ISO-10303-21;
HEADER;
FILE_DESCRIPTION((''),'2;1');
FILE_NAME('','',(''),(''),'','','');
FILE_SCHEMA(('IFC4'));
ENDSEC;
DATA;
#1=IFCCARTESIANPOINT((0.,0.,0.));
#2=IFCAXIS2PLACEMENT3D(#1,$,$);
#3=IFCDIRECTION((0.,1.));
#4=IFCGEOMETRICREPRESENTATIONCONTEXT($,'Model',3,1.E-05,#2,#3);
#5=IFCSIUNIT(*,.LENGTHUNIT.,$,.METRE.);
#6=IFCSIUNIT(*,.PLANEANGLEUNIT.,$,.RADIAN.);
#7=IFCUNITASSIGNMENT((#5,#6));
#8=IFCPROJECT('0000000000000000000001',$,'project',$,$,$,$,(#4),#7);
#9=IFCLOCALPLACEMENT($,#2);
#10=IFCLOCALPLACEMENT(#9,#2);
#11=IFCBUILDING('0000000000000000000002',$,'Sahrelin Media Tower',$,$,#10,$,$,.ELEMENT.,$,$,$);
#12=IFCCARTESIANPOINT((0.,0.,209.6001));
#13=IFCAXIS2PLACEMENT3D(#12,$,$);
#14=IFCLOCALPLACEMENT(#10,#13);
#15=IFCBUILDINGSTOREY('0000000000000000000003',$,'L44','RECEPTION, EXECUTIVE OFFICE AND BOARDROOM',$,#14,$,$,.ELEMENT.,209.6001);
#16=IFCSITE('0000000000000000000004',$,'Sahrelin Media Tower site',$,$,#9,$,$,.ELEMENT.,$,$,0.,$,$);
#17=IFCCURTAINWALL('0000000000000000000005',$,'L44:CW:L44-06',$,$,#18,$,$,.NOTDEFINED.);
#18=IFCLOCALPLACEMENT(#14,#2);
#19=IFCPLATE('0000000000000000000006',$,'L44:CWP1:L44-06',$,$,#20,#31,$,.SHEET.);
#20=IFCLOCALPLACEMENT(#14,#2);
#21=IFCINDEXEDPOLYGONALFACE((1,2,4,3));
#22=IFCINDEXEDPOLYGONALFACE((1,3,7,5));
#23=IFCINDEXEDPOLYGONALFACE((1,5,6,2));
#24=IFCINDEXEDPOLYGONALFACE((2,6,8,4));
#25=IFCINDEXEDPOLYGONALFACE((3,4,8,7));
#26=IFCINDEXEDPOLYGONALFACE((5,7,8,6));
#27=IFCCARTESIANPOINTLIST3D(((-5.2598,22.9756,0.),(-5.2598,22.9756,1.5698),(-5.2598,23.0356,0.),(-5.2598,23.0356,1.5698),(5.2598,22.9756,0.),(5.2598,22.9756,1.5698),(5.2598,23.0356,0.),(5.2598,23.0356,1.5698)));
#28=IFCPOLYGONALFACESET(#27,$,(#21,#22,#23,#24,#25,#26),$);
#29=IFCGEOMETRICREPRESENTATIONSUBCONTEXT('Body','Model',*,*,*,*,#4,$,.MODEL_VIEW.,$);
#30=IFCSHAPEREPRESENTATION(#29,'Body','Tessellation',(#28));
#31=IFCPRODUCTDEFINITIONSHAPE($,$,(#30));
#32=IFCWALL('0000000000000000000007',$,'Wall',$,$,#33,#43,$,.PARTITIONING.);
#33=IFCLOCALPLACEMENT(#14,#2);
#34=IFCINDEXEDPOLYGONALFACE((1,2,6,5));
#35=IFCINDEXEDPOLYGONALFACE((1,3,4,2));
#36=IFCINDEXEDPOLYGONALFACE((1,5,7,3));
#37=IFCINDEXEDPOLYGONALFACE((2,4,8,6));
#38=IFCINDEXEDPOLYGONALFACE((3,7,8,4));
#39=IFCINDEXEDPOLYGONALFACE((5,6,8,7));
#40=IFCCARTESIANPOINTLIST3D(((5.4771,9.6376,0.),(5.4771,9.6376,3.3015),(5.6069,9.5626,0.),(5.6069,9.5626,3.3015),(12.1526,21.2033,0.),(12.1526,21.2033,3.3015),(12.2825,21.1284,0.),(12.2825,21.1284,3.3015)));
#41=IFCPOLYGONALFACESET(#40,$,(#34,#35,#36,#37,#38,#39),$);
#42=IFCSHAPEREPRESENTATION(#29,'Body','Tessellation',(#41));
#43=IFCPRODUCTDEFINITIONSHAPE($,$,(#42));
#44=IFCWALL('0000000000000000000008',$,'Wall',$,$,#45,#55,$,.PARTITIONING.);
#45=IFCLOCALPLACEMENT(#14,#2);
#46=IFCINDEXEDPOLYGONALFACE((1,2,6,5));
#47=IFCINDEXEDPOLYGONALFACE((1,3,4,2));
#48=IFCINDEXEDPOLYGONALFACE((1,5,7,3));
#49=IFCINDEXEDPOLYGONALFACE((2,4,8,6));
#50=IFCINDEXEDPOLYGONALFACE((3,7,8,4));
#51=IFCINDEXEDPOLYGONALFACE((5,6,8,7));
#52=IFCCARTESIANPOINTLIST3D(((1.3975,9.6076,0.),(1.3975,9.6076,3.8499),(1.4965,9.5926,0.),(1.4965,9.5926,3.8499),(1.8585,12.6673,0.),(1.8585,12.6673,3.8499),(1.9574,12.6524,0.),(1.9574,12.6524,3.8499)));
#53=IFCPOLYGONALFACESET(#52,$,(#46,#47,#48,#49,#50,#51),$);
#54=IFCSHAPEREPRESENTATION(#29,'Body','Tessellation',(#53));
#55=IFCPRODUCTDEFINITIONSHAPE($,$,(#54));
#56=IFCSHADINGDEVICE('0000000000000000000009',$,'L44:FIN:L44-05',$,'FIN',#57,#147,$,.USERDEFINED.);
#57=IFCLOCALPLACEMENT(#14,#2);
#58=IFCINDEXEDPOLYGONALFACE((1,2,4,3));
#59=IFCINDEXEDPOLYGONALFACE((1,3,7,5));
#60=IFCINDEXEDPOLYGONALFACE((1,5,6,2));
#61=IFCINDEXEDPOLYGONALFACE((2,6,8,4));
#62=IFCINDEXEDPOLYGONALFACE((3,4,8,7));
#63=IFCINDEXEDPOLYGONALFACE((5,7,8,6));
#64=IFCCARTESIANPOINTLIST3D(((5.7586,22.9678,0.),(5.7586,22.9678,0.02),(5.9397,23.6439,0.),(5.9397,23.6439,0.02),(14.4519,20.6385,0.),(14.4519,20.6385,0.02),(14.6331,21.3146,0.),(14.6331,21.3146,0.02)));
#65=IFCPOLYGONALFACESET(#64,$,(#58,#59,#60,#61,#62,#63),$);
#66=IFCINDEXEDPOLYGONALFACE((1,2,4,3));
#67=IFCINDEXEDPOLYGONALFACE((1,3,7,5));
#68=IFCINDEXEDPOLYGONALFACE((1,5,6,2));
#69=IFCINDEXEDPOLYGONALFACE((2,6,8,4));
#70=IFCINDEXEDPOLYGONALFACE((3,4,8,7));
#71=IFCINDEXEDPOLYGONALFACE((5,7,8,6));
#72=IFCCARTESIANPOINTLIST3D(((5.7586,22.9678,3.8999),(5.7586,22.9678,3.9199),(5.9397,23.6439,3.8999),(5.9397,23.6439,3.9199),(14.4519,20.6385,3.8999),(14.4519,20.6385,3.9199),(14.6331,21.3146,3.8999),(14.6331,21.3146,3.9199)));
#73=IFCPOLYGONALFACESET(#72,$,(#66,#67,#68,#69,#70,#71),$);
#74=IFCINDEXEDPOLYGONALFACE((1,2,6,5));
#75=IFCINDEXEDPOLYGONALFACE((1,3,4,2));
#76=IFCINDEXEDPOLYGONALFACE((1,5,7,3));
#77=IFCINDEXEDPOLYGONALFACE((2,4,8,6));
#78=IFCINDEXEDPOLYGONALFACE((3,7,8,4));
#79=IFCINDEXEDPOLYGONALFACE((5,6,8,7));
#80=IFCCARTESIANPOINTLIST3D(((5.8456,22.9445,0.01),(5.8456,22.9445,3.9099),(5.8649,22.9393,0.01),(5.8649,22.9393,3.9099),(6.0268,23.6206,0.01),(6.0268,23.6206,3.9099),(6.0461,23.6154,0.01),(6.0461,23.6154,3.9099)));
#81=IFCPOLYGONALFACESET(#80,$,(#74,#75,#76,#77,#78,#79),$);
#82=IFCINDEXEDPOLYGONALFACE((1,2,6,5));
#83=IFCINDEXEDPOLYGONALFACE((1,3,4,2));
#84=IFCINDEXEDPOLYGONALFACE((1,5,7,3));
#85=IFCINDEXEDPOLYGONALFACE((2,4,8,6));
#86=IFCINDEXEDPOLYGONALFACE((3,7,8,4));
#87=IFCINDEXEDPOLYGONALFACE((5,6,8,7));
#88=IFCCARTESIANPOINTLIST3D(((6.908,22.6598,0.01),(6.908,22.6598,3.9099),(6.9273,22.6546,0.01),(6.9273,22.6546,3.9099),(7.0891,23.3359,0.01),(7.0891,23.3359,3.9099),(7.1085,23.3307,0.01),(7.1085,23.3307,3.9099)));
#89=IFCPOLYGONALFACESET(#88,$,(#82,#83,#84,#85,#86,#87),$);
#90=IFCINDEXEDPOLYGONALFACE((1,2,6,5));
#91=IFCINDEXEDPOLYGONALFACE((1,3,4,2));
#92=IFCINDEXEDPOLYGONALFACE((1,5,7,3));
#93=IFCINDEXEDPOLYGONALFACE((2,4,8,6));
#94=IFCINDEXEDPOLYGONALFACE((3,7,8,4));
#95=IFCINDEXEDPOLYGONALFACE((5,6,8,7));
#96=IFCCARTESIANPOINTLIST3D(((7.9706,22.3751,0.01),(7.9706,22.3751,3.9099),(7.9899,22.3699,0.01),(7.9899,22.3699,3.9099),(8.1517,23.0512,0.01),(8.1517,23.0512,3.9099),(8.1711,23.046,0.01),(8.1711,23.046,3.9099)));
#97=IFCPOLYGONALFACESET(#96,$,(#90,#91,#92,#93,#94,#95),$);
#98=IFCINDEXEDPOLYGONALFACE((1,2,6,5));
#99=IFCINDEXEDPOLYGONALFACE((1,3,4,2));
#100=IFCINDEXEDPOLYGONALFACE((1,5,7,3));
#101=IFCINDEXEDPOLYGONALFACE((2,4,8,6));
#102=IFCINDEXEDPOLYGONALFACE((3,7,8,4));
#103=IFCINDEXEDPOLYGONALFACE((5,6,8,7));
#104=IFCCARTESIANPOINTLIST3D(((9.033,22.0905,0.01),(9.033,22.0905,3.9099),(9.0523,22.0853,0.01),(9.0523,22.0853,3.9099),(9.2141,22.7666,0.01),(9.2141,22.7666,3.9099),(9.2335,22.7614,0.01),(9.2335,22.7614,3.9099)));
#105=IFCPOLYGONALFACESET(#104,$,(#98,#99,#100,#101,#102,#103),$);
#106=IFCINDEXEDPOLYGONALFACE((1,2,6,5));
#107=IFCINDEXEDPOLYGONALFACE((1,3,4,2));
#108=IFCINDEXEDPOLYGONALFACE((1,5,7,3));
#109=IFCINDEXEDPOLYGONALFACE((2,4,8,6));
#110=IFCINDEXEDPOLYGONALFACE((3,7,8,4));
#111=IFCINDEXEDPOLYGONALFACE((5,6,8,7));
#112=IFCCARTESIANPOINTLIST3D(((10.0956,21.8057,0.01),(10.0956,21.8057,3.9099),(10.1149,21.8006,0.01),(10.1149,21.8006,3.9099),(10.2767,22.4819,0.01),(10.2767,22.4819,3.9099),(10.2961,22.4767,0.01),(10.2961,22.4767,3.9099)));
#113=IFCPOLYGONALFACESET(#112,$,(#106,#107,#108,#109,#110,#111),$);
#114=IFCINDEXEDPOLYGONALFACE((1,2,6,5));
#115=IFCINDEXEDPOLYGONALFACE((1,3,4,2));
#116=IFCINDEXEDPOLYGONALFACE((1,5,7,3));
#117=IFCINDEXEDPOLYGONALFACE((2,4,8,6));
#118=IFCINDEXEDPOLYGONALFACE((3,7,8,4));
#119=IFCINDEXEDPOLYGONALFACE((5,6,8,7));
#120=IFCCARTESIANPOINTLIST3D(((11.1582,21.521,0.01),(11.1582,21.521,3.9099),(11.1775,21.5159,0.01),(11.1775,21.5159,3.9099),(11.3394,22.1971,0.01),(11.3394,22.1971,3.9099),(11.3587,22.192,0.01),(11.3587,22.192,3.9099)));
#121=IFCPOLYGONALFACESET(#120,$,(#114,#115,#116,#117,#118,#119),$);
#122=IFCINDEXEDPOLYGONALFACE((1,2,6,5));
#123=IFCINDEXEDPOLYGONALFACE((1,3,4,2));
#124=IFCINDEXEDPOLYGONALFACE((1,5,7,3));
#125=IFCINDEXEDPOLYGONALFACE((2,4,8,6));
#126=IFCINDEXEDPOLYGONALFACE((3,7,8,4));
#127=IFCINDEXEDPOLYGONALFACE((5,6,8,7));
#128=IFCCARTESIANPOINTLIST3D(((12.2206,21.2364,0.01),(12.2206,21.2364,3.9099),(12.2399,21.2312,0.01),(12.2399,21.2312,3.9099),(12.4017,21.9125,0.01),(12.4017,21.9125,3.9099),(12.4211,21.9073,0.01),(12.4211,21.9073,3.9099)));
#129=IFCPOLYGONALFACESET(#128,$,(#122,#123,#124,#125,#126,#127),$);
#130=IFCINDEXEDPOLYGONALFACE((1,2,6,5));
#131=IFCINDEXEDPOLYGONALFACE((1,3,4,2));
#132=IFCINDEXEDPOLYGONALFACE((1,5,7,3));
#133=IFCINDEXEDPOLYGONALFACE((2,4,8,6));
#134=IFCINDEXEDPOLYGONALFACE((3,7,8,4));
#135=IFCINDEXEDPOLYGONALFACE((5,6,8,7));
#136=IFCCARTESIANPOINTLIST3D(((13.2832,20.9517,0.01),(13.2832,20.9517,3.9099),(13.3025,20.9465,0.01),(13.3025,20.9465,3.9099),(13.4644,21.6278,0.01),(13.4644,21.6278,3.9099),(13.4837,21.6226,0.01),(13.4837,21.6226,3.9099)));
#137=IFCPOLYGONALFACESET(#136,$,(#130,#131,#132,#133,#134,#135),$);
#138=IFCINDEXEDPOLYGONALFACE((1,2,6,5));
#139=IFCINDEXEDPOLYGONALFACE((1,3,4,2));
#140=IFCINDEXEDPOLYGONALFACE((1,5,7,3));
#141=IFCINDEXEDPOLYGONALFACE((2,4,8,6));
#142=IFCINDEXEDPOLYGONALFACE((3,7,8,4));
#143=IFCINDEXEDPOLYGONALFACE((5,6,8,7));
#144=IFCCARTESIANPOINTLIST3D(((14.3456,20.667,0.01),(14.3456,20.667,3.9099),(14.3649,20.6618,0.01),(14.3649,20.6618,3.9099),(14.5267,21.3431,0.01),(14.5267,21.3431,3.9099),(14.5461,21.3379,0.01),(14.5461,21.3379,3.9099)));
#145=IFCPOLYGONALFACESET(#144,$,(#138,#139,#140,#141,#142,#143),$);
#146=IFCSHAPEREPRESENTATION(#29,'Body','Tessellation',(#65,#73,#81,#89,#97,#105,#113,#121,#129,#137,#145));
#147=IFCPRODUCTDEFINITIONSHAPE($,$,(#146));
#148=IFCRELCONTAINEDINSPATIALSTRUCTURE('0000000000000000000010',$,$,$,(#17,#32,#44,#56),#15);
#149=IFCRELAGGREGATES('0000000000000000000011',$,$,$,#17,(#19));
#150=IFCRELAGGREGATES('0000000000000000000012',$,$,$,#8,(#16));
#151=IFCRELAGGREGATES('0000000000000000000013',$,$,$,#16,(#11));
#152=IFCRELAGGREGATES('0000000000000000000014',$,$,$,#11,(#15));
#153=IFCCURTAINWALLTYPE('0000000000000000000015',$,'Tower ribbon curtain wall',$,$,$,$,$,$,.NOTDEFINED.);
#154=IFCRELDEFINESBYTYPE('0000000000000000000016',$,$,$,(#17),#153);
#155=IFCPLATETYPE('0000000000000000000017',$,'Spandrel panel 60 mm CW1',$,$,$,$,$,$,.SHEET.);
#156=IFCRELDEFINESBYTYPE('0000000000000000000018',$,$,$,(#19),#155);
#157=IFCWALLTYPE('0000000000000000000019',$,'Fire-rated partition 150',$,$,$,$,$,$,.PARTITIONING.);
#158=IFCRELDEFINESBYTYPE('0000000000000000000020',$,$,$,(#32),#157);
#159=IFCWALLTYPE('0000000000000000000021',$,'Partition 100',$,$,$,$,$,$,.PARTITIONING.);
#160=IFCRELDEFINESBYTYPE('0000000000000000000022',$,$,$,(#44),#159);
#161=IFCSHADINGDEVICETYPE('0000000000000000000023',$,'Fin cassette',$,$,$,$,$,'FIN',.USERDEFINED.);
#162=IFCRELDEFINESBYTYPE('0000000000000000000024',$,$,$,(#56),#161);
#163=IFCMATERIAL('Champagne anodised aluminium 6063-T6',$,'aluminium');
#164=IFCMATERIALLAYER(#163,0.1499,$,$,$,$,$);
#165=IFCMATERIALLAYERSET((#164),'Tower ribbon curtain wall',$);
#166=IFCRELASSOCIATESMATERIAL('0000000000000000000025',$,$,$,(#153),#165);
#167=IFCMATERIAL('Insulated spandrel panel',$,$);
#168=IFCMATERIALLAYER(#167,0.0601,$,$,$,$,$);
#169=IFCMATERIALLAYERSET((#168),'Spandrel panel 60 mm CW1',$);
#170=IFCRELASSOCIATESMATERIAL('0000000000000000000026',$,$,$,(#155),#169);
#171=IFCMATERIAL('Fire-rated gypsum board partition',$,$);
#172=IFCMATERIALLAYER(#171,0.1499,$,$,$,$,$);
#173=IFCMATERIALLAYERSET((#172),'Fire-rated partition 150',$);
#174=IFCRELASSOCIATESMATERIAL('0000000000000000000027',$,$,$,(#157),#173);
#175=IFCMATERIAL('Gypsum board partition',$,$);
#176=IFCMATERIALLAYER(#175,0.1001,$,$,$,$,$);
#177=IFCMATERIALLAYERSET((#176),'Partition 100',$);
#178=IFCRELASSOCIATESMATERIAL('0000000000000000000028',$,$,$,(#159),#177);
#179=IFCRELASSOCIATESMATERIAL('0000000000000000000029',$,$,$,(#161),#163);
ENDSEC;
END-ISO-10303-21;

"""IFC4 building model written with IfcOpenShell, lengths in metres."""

from ifc_helpers import new_model, si_unit, direction, frame, frame_2d, origin, origin_2d, place, context, subcontext, project, spatial, polyline, rectangle, outline, extrude, material, layer, layer_set, type_object, element, aggregate, save


model = new_model("IFC4")

# Units and contexts
model_context = context("Model", 3, precision=1e-05, world=origin(), true_north=direction((0.0, 1.0)))
body_context = subcontext(model_context, "Body", "Model", "MODEL_VIEW")
ifc_project = project(units=[si_unit("LENGTHUNIT", "METRE"), si_unit("PLANEANGLEUNIT", "RADIAN")], contexts=[model_context])

# Site, building, storey
site_placement = place(None, origin())
site = spatial("IfcSite", under=ifc_project, at=site_placement, Name="Sahrelin Media Tower site", CompositionType="ELEMENT", RefElevation=0.0)
building_placement = place(site_placement, origin())
building = spatial("IfcBuilding", under=site, at=building_placement, Name="Sahrelin Media Tower", CompositionType="ELEMENT")
storey_placement = place(building_placement, frame((0.0, 0.0, 209.6001)))
storey = spatial("IfcBuildingStorey", under=building, at=storey_placement, Name="L44", Description="RECEPTION, EXECUTIVE OFFICE AND BOARDROOM", CompositionType="ELEMENT", Elevation=209.6001)

# Shared definitions
ifc_material_1 = material(Name="Champagne anodised aluminium 6063-T6", Category="aluminium")
ifc_layer_1 = layer(ifc_material_1, 0.1499)
ifc_layer_set_1 = layer_set([ifc_layer_1], Name="Tower ribbon curtain wall")
curtain_wall_type = type_object("IfcCurtainWallType", Name="Tower ribbon curtain wall", PredefinedType="NOTDEFINED", material=ifc_layer_set_1)

# Curtain wall, plate
placement_1 = place(storey_placement, frame((0.0, 23.0156, 0.0), z_axis=(0.0, 0.0, 1.0), x_axis=(1.0, 0.0, 0.0)))
curtain_wall_1 = element("IfcCurtainWall", 1, at=placement_1, inside=storey, type_object=curtain_wall_type, Name="L44:CW:L44-06", PredefinedType="NOTDEFINED")
ifc_material_2 = material(Name="Insulated spandrel panel")
ifc_layer_2 = layer(ifc_material_2, 0.0601)
ifc_layer_set_2 = layer_set([ifc_layer_2], Name="Spandrel panel 60 mm CW1")
plate_type_1 = type_object("IfcPlateType", Name="Spandrel panel 60 mm CW1", PredefinedType="SHEET", material=ifc_layer_set_2)
plate_1_placement = place(storey_placement, frame((5.2598, 23.0356, 0.0), z_axis=(0.0, 1.0, 0.0), x_axis=(-1.0, 0.0, 0.0)))
plate_1 = element("IfcPlate", 2, at=plate_1_placement, type_object=plate_type_1, Name="L44:CWP1:L44-06", PredefinedType="SHEET", context=body_context, shape_type="SweptSolid", body=[
    extrude(outline(polyline([(0.0, 0.0), (10.5195, 0.0), (10.5195, 1.5698), (0.0, 1.5698), (0.0, 0.0)])), origin(), (0.0, 0.0, -1.0), 0.0601),
])
aggregate(curtain_wall_1, [plate_1])

# Walls
ifc_material_3 = material(Name="Fire-rated gypsum board partition")
ifc_layer_3 = layer(ifc_material_3, 0.1499)
ifc_layer_set_3 = layer_set([ifc_layer_3], Name="Fire-rated partition 150")
wall_type_1 = type_object("IfcWallType", Name="Fire-rated partition 150", PredefinedType="PARTITIONING", material=ifc_layer_set_3)
wall_1_placement = place(storey_placement, frame((5.542, 9.6001, 0.0), z_axis=(0.0, 0.0, 1.0), x_axis=(0.499893, 0.866087, 0.0)))
element("IfcWall", 3, at=wall_1_placement, inside=storey, type_object=wall_type_1, Name="Wall", PredefinedType="PARTITIONING", context=body_context, shape_type="SweptSolid", body=[
    extrude(rectangle(XDim=13.354, YDim=0.1499, at=frame_2d((6.677, 0.0))), origin(), (0.0, 0.0, 1.0), 3.3015),
])
ifc_material_4 = material(Name="Gypsum board partition")
ifc_layer_4 = layer(ifc_material_4, 0.1001)
ifc_layer_set_4 = layer_set([ifc_layer_4], Name="Partition 100")
wall_type_2 = type_object("IfcWallType", Name="Partition 100", PredefinedType="PARTITIONING", material=ifc_layer_set_4)
wall_2_placement = place(storey_placement, frame((1.447, 9.6001, 0.0), z_axis=(0.0, 0.0, 1.0), x_axis=(0.148962, 0.988843, 0.0)))
element("IfcWall", 4, at=wall_2_placement, inside=storey, type_object=wall_type_2, Name="Wall", PredefinedType="PARTITIONING", context=body_context, shape_type="SweptSolid", body=[
    extrude(rectangle(XDim=3.0942, YDim=0.1001, at=frame_2d((1.5471, 0.0))), origin(), (0.0, 0.0, 1.0), 3.8499),
])

# Shading device
shading_device_type_1 = type_object("IfcShadingDeviceType", Name="Fin cassette", ElementType="FIN", PredefinedType="USERDEFINED", material=ifc_material_1)
placement_2 = place(storey_placement, frame((10.0872, 21.7356, 0.0), z_axis=(0.0, 0.0, 1.0), x_axis=(0.965929, -0.258808, 0.0)))
element("IfcShadingDevice", 5, at=placement_2, inside=storey, type_object=shading_device_type_1, Name="L44:FIN:L44-05", ObjectType="FIN", PredefinedType="USERDEFINED", context=body_context, shape_type="SweptSolid", body=[
    extrude(rectangle(XDim=9.0, YDim=0.7, at=origin_2d()), frame((0.0, 0.4199, 0.0)), (0.0, 0.0, 1.0), 0.02),
    extrude(rectangle(XDim=9.0, YDim=0.7, at=origin_2d()), frame((0.0, 0.4199, 3.8999)), (0.0, 0.0, 1.0), 0.02),
    extrude(rectangle(XDim=0.02, YDim=0.7, at=origin_2d()), frame((-4.3999, 0.4199, 0.01), z_axis=(0.0, 0.0, 1.0), x_axis=(1.0, 0.0, 0.0)), (0.0, 0.0, 1.0), 3.8999),
    extrude(rectangle(XDim=0.02, YDim=0.7, at=origin_2d()), frame((-3.3, 0.4199, 0.01), z_axis=(0.0, 0.0, 1.0), x_axis=(1.0, 0.0, 0.0)), (0.0, 0.0, 1.0), 3.8999),
    extrude(rectangle(XDim=0.02, YDim=0.7, at=origin_2d()), frame((-2.2, 0.4199, 0.01), z_axis=(0.0, 0.0, 1.0), x_axis=(1.0, 0.0, 0.0)), (0.0, 0.0, 1.0), 3.8999),
    extrude(rectangle(XDim=0.02, YDim=0.7, at=origin_2d()), frame((-1.1001, 0.4199, 0.01), z_axis=(0.0, 0.0, 1.0), x_axis=(1.0, 0.0, 0.0)), (0.0, 0.0, 1.0), 3.8999),
    extrude(rectangle(XDim=0.02, YDim=0.7, at=origin_2d()), frame((0.0, 0.4199, 0.01), z_axis=(0.0, 0.0, 1.0), x_axis=(1.0, 0.0, 0.0)), (0.0, 0.0, 1.0), 3.8999),
    extrude(rectangle(XDim=0.02, YDim=0.7, at=origin_2d()), frame((1.1001, 0.4199, 0.01), z_axis=(0.0, 0.0, 1.0), x_axis=(1.0, 0.0, 0.0)), (0.0, 0.0, 1.0), 3.8999),
    extrude(rectangle(XDim=0.02, YDim=0.7, at=origin_2d()), frame((2.2, 0.4199, 0.01), z_axis=(0.0, 0.0, 1.0), x_axis=(1.0, 0.0, 0.0)), (0.0, 0.0, 1.0), 3.8999),
    extrude(rectangle(XDim=0.02, YDim=0.7, at=origin_2d()), frame((3.3, 0.4199, 0.01), z_axis=(0.0, 0.0, 1.0), x_axis=(1.0, 0.0, 0.0)), (0.0, 0.0, 1.0), 3.8999),
    extrude(rectangle(XDim=0.02, YDim=0.7, at=origin_2d()), frame((4.3999, 0.4199, 0.01), z_axis=(0.0, 0.0, 1.0), x_axis=(1.0, 0.0, 0.0)), (0.0, 0.0, 1.0), 3.8999),
])

save(model, "model.ifc")
